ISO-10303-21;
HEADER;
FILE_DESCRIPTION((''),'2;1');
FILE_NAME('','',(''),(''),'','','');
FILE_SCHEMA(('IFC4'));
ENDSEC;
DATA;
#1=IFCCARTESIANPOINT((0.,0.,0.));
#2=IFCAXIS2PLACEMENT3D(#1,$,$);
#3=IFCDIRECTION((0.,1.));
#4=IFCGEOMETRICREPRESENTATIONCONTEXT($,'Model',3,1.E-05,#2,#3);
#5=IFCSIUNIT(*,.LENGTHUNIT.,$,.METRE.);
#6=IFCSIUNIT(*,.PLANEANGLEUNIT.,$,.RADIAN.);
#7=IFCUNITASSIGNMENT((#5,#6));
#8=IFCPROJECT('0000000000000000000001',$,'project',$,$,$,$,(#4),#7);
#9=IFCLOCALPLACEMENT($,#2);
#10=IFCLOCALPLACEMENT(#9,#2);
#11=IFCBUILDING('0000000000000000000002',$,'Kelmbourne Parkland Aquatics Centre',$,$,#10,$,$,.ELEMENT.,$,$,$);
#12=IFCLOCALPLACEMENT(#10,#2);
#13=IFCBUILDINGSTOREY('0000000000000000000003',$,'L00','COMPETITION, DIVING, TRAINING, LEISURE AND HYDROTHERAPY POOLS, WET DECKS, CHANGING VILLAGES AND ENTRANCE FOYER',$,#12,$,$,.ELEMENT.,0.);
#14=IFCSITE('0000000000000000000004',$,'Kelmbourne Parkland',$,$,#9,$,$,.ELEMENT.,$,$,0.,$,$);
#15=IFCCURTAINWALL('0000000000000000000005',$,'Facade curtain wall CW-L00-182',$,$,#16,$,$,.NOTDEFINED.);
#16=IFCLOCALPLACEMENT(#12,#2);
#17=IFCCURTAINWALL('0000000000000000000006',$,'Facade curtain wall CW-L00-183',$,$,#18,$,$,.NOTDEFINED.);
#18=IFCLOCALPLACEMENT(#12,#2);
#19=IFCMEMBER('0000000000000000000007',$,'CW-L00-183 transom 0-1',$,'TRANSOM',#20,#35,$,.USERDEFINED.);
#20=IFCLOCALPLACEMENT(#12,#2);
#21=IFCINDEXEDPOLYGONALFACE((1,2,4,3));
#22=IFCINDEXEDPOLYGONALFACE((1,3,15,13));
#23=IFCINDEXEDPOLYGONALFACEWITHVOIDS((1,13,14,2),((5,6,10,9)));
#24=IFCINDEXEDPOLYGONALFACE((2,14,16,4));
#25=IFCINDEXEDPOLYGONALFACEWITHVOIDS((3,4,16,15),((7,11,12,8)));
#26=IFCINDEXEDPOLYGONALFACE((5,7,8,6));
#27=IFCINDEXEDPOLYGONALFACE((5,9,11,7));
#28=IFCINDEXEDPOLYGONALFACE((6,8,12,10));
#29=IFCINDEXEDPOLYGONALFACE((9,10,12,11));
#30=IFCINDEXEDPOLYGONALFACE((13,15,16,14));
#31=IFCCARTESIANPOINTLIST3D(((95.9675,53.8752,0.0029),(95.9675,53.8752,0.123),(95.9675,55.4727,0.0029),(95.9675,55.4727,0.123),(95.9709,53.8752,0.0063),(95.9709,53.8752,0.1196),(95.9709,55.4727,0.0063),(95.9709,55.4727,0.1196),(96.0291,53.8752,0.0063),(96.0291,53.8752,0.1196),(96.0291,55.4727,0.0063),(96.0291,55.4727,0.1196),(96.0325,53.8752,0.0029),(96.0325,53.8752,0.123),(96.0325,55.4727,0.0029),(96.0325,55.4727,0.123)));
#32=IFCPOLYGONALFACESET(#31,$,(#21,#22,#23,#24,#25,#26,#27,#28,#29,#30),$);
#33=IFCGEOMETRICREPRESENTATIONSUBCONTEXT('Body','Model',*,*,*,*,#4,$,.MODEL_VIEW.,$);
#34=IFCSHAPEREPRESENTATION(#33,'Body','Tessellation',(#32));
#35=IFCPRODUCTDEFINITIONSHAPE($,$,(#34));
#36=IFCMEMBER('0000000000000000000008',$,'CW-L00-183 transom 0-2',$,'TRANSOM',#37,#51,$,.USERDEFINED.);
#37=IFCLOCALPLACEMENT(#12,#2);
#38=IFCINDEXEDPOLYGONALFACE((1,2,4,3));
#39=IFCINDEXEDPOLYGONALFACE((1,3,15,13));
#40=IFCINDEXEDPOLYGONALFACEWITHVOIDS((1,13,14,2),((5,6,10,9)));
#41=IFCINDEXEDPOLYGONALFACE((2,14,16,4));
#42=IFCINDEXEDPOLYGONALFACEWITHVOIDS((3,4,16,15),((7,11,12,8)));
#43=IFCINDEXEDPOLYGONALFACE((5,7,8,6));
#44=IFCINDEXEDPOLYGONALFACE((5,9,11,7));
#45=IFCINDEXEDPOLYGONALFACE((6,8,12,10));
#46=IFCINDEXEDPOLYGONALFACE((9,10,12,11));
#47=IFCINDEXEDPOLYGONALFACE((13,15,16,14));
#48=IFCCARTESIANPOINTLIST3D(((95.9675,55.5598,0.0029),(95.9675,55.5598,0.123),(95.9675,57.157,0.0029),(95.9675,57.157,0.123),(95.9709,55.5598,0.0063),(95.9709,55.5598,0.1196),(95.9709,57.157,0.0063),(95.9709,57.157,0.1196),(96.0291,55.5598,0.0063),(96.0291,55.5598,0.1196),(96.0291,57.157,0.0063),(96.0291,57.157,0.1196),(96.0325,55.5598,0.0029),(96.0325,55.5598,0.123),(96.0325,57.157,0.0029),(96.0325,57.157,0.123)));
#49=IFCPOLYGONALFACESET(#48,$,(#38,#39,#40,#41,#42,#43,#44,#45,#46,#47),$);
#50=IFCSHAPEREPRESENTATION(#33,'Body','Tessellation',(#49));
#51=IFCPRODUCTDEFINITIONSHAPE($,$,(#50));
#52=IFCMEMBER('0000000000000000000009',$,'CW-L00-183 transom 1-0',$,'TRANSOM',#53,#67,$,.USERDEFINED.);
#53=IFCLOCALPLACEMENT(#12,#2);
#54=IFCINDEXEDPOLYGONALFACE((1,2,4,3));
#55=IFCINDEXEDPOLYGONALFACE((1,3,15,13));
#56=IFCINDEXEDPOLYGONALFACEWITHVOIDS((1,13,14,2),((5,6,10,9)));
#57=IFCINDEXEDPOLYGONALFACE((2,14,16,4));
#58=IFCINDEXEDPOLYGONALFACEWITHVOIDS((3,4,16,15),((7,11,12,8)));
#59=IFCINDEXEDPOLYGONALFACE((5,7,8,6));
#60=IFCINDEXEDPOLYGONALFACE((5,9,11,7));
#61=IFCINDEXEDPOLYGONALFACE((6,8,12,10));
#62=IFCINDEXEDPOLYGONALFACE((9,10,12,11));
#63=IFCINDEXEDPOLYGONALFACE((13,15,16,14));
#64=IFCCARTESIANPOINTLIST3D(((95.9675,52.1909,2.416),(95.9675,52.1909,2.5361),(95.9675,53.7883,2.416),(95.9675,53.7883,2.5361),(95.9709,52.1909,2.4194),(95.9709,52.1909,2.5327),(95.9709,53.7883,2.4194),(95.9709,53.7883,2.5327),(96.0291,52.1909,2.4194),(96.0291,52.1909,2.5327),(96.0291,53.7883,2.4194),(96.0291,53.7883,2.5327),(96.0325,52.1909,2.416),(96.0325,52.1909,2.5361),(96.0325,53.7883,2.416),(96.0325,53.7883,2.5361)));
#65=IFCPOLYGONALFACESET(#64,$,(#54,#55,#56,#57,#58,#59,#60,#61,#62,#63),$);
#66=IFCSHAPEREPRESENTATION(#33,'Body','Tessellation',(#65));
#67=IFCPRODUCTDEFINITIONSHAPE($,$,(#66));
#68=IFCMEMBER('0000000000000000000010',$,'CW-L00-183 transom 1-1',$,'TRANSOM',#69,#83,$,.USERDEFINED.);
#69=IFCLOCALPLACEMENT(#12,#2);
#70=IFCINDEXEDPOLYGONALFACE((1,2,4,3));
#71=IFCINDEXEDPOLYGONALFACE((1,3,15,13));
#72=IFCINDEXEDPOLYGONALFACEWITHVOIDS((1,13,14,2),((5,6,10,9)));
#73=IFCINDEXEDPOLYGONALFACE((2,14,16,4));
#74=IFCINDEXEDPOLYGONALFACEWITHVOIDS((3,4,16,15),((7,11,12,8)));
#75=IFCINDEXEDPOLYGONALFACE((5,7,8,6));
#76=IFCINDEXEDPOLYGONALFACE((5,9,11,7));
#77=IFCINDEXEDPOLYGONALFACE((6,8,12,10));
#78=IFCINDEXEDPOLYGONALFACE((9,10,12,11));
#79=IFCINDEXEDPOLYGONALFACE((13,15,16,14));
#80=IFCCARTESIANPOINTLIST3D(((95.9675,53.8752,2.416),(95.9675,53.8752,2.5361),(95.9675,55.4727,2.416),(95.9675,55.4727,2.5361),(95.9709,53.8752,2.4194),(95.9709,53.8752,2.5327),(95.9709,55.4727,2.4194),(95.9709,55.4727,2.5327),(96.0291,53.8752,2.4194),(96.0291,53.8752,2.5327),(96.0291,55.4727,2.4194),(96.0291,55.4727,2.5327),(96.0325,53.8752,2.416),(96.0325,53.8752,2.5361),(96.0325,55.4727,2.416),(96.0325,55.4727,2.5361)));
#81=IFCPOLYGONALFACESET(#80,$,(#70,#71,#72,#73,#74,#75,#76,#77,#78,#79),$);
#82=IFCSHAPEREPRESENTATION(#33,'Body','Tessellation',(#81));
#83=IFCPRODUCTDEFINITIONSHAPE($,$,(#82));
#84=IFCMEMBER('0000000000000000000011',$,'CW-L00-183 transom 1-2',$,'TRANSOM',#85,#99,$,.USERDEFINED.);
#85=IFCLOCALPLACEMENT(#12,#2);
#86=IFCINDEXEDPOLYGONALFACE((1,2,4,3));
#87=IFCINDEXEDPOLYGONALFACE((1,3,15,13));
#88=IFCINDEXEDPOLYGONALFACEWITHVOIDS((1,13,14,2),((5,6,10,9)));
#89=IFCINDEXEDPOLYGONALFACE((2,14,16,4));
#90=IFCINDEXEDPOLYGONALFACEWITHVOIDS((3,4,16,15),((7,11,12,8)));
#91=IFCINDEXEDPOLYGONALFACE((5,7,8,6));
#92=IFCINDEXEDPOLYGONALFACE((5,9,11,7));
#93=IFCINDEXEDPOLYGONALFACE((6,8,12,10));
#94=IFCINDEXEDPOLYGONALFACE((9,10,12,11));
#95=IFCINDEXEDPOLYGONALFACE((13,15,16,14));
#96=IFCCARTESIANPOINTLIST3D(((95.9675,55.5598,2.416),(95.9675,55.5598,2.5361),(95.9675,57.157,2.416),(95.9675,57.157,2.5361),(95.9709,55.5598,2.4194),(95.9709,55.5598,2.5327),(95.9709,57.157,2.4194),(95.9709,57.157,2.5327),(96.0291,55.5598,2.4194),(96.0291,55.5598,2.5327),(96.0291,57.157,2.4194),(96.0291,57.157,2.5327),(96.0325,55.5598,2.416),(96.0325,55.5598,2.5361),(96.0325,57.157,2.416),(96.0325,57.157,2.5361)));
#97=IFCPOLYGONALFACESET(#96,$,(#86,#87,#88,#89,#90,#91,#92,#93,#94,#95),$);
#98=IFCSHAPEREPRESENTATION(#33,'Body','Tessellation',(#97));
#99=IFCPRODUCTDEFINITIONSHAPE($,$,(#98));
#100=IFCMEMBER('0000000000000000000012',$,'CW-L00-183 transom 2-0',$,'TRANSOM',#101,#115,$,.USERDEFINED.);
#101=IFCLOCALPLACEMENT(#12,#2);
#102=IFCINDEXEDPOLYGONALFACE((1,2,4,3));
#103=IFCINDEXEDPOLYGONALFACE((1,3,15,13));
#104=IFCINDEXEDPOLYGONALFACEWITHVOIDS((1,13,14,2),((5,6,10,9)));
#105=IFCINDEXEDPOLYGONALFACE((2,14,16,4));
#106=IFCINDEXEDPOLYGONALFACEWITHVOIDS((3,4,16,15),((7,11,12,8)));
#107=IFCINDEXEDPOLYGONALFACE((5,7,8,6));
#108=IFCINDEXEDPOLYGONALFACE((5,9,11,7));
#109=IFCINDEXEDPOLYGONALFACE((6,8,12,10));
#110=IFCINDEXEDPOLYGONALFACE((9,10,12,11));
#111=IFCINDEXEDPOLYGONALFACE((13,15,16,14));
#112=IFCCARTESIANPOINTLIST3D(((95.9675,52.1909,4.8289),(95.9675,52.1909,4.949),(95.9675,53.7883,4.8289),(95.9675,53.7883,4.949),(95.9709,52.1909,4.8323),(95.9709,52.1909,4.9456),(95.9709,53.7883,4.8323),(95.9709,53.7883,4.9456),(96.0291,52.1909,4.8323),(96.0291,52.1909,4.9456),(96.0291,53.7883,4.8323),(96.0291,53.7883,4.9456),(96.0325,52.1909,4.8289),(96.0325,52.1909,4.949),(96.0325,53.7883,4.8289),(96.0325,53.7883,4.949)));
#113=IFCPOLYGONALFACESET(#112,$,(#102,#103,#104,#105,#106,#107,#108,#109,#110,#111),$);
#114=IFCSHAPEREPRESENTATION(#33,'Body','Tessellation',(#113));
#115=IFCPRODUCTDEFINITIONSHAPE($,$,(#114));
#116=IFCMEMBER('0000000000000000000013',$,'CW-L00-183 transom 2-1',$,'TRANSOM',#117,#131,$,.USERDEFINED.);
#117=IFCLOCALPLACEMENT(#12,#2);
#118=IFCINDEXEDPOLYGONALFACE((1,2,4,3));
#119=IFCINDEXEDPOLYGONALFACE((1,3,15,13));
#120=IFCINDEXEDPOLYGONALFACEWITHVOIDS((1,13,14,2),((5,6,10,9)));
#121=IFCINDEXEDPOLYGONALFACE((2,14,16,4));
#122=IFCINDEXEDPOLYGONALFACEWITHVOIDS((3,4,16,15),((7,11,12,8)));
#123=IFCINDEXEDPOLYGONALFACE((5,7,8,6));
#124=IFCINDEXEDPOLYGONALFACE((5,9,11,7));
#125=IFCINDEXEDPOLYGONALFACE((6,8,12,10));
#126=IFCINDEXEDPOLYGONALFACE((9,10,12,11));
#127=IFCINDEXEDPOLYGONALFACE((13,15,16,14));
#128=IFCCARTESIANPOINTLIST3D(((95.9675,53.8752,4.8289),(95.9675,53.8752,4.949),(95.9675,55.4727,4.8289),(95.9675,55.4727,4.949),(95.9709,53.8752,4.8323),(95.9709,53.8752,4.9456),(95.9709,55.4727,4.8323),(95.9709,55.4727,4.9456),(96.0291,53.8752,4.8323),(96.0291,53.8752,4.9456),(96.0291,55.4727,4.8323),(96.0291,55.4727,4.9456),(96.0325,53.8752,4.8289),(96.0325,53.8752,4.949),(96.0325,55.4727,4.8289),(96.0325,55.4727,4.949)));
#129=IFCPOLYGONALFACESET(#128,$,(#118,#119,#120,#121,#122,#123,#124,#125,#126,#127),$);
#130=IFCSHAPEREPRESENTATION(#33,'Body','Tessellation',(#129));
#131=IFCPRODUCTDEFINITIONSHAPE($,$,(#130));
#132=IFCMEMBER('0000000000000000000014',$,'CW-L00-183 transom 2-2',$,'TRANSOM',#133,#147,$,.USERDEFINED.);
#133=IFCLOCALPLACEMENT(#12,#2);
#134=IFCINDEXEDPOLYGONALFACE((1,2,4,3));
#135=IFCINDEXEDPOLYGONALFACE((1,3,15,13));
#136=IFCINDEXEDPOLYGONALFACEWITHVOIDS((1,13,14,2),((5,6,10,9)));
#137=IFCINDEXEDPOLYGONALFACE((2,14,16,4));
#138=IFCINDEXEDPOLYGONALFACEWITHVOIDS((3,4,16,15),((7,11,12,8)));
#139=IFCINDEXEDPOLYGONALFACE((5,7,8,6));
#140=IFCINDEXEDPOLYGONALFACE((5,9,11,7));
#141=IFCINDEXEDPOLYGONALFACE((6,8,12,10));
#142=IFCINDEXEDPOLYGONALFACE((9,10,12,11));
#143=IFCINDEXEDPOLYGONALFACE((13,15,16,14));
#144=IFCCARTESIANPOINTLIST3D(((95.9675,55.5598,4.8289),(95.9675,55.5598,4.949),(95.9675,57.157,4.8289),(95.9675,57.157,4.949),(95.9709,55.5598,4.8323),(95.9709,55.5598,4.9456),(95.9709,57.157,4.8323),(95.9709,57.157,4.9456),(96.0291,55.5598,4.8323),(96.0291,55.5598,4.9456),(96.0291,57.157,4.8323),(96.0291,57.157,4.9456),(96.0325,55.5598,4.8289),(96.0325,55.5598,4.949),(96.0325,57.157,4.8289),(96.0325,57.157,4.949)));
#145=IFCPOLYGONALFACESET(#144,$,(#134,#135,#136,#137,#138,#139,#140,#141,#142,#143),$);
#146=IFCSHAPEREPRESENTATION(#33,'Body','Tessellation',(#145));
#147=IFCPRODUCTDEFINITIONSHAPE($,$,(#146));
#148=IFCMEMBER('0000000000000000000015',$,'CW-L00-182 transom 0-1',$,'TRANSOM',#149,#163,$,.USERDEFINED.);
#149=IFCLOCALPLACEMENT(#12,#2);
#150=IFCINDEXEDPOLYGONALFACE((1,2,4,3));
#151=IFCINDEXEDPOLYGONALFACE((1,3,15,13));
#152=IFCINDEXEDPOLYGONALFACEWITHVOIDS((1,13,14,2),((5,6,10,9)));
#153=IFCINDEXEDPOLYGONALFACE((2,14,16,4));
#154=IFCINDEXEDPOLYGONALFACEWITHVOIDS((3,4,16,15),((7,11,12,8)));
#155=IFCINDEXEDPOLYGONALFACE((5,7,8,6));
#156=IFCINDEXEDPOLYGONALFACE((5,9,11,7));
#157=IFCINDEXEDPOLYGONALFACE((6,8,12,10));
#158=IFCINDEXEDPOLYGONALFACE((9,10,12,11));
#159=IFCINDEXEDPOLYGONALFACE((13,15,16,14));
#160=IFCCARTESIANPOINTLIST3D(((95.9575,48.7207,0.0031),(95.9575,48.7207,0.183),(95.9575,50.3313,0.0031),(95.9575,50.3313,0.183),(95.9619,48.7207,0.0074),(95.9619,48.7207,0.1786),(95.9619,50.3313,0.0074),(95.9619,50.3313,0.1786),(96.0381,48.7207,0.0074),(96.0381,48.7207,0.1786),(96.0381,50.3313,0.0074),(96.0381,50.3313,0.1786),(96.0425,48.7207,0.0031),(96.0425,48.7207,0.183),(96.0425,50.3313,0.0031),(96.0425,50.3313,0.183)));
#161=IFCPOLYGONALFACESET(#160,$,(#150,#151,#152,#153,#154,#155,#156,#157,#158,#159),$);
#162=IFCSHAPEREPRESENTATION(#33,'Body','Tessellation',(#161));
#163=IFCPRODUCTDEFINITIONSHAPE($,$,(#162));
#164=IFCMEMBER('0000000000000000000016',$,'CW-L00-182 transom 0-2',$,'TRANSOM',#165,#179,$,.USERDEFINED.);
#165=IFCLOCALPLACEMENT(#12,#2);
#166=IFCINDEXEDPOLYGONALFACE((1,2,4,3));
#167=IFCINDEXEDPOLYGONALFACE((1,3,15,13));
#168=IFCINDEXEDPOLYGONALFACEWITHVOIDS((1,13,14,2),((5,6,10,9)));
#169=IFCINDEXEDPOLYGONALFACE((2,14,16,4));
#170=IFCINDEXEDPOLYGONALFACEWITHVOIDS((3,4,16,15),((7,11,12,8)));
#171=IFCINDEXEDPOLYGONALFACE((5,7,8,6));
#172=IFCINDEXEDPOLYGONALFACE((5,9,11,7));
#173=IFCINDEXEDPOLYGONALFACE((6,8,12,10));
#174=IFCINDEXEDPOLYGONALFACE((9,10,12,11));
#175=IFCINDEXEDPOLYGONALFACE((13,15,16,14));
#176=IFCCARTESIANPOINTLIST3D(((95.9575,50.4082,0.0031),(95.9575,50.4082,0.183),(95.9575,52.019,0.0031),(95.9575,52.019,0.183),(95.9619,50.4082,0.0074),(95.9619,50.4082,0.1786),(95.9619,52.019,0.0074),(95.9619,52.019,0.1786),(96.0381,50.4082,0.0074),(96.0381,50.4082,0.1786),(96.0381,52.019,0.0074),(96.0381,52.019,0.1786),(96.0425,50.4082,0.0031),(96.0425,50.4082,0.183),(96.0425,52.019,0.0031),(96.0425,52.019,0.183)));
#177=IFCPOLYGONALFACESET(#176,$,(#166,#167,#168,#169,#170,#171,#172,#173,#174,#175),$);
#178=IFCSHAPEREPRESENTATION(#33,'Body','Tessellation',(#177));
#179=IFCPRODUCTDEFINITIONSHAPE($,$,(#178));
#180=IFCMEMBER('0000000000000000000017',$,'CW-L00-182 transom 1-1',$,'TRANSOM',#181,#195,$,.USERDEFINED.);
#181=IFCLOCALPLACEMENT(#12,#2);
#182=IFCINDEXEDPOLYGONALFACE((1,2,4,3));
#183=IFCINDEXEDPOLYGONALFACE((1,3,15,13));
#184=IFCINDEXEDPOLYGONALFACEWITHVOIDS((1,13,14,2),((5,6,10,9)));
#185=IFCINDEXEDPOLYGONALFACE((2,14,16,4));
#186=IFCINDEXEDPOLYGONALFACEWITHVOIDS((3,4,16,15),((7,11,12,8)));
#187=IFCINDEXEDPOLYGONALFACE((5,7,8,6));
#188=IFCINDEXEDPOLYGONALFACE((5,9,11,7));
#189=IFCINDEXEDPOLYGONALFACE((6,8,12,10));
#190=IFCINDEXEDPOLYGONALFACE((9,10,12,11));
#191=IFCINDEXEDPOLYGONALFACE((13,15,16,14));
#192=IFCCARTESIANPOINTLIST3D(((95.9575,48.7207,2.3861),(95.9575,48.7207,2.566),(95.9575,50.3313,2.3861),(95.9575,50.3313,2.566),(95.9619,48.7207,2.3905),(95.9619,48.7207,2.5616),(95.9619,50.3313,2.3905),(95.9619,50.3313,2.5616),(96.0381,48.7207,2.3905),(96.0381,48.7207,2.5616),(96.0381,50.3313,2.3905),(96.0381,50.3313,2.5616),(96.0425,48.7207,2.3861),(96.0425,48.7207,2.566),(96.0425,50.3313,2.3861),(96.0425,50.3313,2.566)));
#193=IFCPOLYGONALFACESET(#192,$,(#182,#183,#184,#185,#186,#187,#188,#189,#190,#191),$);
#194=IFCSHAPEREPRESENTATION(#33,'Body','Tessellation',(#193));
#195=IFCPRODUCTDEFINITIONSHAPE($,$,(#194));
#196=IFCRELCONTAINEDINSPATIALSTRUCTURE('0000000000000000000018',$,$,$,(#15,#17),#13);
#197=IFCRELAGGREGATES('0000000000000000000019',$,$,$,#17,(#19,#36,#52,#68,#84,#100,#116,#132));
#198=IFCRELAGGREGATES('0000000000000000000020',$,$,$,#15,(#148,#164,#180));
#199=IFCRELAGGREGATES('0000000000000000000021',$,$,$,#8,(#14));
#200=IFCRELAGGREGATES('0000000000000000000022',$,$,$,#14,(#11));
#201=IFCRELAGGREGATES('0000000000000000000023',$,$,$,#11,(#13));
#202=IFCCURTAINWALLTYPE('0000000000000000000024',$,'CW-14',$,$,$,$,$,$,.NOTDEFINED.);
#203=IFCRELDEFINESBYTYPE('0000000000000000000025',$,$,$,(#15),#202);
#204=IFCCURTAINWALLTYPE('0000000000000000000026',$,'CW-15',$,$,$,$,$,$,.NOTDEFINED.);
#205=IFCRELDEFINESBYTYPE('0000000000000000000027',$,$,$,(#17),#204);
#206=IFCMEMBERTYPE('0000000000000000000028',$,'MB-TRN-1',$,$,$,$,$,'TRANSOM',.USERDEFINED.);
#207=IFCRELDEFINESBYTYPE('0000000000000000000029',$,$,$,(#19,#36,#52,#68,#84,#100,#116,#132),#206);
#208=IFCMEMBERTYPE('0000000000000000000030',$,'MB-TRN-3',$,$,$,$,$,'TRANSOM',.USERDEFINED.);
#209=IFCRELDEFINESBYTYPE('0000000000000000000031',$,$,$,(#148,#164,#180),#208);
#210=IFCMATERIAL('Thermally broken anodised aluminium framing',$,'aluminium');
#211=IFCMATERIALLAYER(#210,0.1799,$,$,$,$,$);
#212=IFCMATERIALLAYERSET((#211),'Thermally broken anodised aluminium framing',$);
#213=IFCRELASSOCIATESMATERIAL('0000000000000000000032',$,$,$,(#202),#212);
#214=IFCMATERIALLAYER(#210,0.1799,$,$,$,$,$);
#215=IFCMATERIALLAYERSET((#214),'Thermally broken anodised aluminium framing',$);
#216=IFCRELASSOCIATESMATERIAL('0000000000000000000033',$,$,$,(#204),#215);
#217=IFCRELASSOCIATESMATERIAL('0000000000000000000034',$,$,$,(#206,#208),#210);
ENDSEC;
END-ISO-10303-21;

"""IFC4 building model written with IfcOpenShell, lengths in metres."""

from ifc_helpers import new_model, si_unit, direction, frame, origin, origin_2d, place, context, subcontext, project, spatial, hollow_rectangle, extrude, material, layer, layer_set, material_profile, profile_set, type_object, element, aggregate, save


model = new_model("IFC4")

# Units and contexts
model_context = context("Model", 3, precision=1e-05, world=origin(), true_north=direction((0.0, 1.0)))
body_context = subcontext(model_context, "Body", "Model", "MODEL_VIEW")
ifc_project = project(units=[si_unit("LENGTHUNIT", "METRE"), si_unit("PLANEANGLEUNIT", "RADIAN")], contexts=[model_context])

# Site, building, storey
site_placement = place(None, origin())
site = spatial("IfcSite", under=ifc_project, at=site_placement, Name="Kelmbourne Parkland", CompositionType="ELEMENT", RefElevation=0.0)
building_placement = place(site_placement, origin())
building = spatial("IfcBuilding", under=site, at=building_placement, Name="Kelmbourne Parkland Aquatics Centre", CompositionType="ELEMENT")
storey_placement = place(building_placement, origin())
storey = spatial("IfcBuildingStorey", under=building, at=storey_placement, Name="L00", Description="COMPETITION, DIVING, TRAINING, LEISURE AND HYDROTHERAPY POOLS, WET DECKS, CHANGING VILLAGES AND ENTRANCE FOYER", CompositionType="ELEMENT", Elevation=0.0)

# Curtain walls, members
ifc_material_1 = material(Name="Thermally broken anodised aluminium framing", Category="aluminium")
ifc_layer_1 = layer(ifc_material_1, 0.1799)
ifc_layer_set_1 = layer_set([ifc_layer_1], Name="Thermally broken anodised aluminium framing")
curtain_wall_type_1 = type_object("IfcCurtainWallType", Name="CW-14", PredefinedType="NOTDEFINED", material=ifc_layer_set_1)
curtain_wall_1_placement = place(storey_placement, origin())
curtain_wall_1 = element("IfcCurtainWall", 1, at=curtain_wall_1_placement, inside=storey, type_object=curtain_wall_type_1, Name="Facade curtain wall CW-L00-182", PredefinedType="NOTDEFINED")
ifc_layer_2 = layer(ifc_material_1, 0.1799)
ifc_layer_set_2 = layer_set([ifc_layer_2], Name="Thermally broken anodised aluminium framing")
curtain_wall_type_2 = type_object("IfcCurtainWallType", Name="CW-15", PredefinedType="NOTDEFINED", material=ifc_layer_set_2)
curtain_wall_2_placement = place(storey_placement, origin())
curtain_wall_2 = element("IfcCurtainWall", 2, at=curtain_wall_2_placement, inside=storey, type_object=curtain_wall_type_2, Name="Facade curtain wall CW-L00-183", PredefinedType="NOTDEFINED")
ifc_material_profile_1 = material_profile(ifc_material_1, hollow_rectangle(XDim=0.0649, YDim=0.1201, WallThickness=0.0034, at=origin_2d()), Name="CW-T 65x120")
ifc_profile_set_1 = profile_set([ifc_material_profile_1], Name="Thermally broken anodised aluminium framing")
member_type_1 = type_object("IfcMemberType", Name="MB-TRN-1", ElementType="TRANSOM", PredefinedType="USERDEFINED", material=ifc_profile_set_1)
member_1_placement = place(storey_placement, frame((96.0, 53.8752, 0.063), z_axis=(0.0, 1.0, 0.0), x_axis=(-1.0, 0.0, 0.0)))
member_1 = element("IfcMember", 3, at=member_1_placement, type_object=member_type_1, Name="CW-L00-183 transom 0-1", ObjectType="TRANSOM", PredefinedType="USERDEFINED", context=body_context, shape_type="SweptSolid", body=[
    extrude(hollow_rectangle(XDim=0.0649, YDim=0.1201, WallThickness=0.0034, at=origin_2d()), origin(), (0.0, 0.0, 1.0), 1.5974),
])
member_2_placement = place(storey_placement, frame((96.0, 55.5598, 0.063), z_axis=(0.0, 1.0, 0.0), x_axis=(-1.0, 0.0, 0.0)))
member_2 = element("IfcMember", 4, at=member_2_placement, type_object=member_type_1, Name="CW-L00-183 transom 0-2", ObjectType="TRANSOM", PredefinedType="USERDEFINED", context=body_context, shape_type="SweptSolid", body=[
    extrude(hollow_rectangle(XDim=0.0649, YDim=0.1201, WallThickness=0.0034, at=origin_2d()), origin(), (0.0, 0.0, 1.0), 1.5972),
])
member_3_placement = place(storey_placement, frame((96.0, 52.1909, 2.4761), z_axis=(0.0, 1.0, 0.0), x_axis=(-1.0, 0.0, 0.0)))
member_3 = element("IfcMember", 5, at=member_3_placement, type_object=member_type_1, Name="CW-L00-183 transom 1-0", ObjectType="TRANSOM", PredefinedType="USERDEFINED", context=body_context, shape_type="SweptSolid", body=[
    extrude(hollow_rectangle(XDim=0.0649, YDim=0.1201, WallThickness=0.0034, at=origin_2d()), origin(), (0.0, 0.0, 1.0), 1.5974),
])
member_4_placement = place(storey_placement, frame((96.0, 53.8752, 2.4761), z_axis=(0.0, 1.0, 0.0), x_axis=(-1.0, 0.0, 0.0)))
member_4 = element("IfcMember", 6, at=member_4_placement, type_object=member_type_1, Name="CW-L00-183 transom 1-1", ObjectType="TRANSOM", PredefinedType="USERDEFINED", context=body_context, shape_type="SweptSolid", body=[
    extrude(hollow_rectangle(XDim=0.0649, YDim=0.1201, WallThickness=0.0034, at=origin_2d()), origin(), (0.0, 0.0, 1.0), 1.5974),
])
member_5_placement = place(storey_placement, frame((96.0, 55.5598, 2.4761), z_axis=(0.0, 1.0, 0.0), x_axis=(-1.0, 0.0, 0.0)))
member_5 = element("IfcMember", 7, at=member_5_placement, type_object=member_type_1, Name="CW-L00-183 transom 1-2", ObjectType="TRANSOM", PredefinedType="USERDEFINED", context=body_context, shape_type="SweptSolid", body=[
    extrude(hollow_rectangle(XDim=0.0649, YDim=0.1201, WallThickness=0.0034, at=origin_2d()), origin(), (0.0, 0.0, 1.0), 1.5972),
])
member_6_placement = place(storey_placement, frame((96.0, 52.1909, 4.8889), z_axis=(0.0, 1.0, 0.0), x_axis=(-1.0, 0.0, 0.0)))
member_6 = element("IfcMember", 8, at=member_6_placement, type_object=member_type_1, Name="CW-L00-183 transom 2-0", ObjectType="TRANSOM", PredefinedType="USERDEFINED", context=body_context, shape_type="SweptSolid", body=[
    extrude(hollow_rectangle(XDim=0.0649, YDim=0.1201, WallThickness=0.0034, at=origin_2d()), origin(), (0.0, 0.0, 1.0), 1.5974),
])
member_7_placement = place(storey_placement, frame((96.0, 53.8752, 4.8889), z_axis=(0.0, 1.0, 0.0), x_axis=(-1.0, 0.0, 0.0)))
member_7 = element("IfcMember", 9, at=member_7_placement, type_object=member_type_1, Name="CW-L00-183 transom 2-1", ObjectType="TRANSOM", PredefinedType="USERDEFINED", context=body_context, shape_type="SweptSolid", body=[
    extrude(hollow_rectangle(XDim=0.0649, YDim=0.1201, WallThickness=0.0034, at=origin_2d()), origin(), (0.0, 0.0, 1.0), 1.5974),
])
member_8_placement = place(storey_placement, frame((96.0, 55.5598, 4.8889), z_axis=(0.0, 1.0, 0.0), x_axis=(-1.0, 0.0, 0.0)))
member_8 = element("IfcMember", 10, at=member_8_placement, type_object=member_type_1, Name="CW-L00-183 transom 2-2", ObjectType="TRANSOM", PredefinedType="USERDEFINED", context=body_context, shape_type="SweptSolid", body=[
    extrude(hollow_rectangle(XDim=0.0649, YDim=0.1201, WallThickness=0.0034, at=origin_2d()), origin(), (0.0, 0.0, 1.0), 1.5972),
])

# Members
ifc_material_profile_2 = material_profile(ifc_material_1, hollow_rectangle(XDim=0.085, YDim=0.1799, WallThickness=0.0044, at=origin_2d()), Name="CW-T 85x180")
ifc_profile_set_2 = profile_set([ifc_material_profile_2], Name="Thermally broken anodised aluminium framing")
member_type_2 = type_object("IfcMemberType", Name="MB-TRN-3", ElementType="TRANSOM", PredefinedType="USERDEFINED", material=ifc_profile_set_2)
member_9_placement = place(storey_placement, frame((96.0, 48.7207, 0.093), z_axis=(0.0, 1.0, 0.0), x_axis=(-1.0, 0.0, 0.0)))
member_9 = element("IfcMember", 11, at=member_9_placement, type_object=member_type_2, Name="CW-L00-182 transom 0-1", ObjectType="TRANSOM", PredefinedType="USERDEFINED", context=body_context, shape_type="SweptSolid", body=[
    extrude(hollow_rectangle(XDim=0.085, YDim=0.1799, WallThickness=0.0044, at=origin_2d()), origin(), (0.0, 0.0, 1.0), 1.6106),
])
member_10_placement = place(storey_placement, frame((96.0, 50.4082, 0.093), z_axis=(0.0, 1.0, 0.0), x_axis=(-1.0, 0.0, 0.0)))
member_10 = element("IfcMember", 12, at=member_10_placement, type_object=member_type_2, Name="CW-L00-182 transom 0-2", ObjectType="TRANSOM", PredefinedType="USERDEFINED", context=body_context, shape_type="SweptSolid", body=[
    extrude(hollow_rectangle(XDim=0.085, YDim=0.1799, WallThickness=0.0044, at=origin_2d()), origin(), (0.0, 0.0, 1.0), 1.6108),
])
member_11_placement = place(storey_placement, frame((96.0, 48.7207, 2.4761), z_axis=(0.0, 1.0, 0.0), x_axis=(-1.0, 0.0, 0.0)))
member_11 = element("IfcMember", 13, at=member_11_placement, type_object=member_type_2, Name="CW-L00-182 transom 1-1", ObjectType="TRANSOM", PredefinedType="USERDEFINED", context=body_context, shape_type="SweptSolid", body=[
    extrude(hollow_rectangle(XDim=0.085, YDim=0.1799, WallThickness=0.0044, at=origin_2d()), origin(), (0.0, 0.0, 1.0), 1.6106),
])

aggregate(curtain_wall_2, [member_1, member_2, member_3, member_4, member_5, member_6, member_7, member_8])
aggregate(curtain_wall_1, [member_9, member_10, member_11])

save(model, "model.ifc")
